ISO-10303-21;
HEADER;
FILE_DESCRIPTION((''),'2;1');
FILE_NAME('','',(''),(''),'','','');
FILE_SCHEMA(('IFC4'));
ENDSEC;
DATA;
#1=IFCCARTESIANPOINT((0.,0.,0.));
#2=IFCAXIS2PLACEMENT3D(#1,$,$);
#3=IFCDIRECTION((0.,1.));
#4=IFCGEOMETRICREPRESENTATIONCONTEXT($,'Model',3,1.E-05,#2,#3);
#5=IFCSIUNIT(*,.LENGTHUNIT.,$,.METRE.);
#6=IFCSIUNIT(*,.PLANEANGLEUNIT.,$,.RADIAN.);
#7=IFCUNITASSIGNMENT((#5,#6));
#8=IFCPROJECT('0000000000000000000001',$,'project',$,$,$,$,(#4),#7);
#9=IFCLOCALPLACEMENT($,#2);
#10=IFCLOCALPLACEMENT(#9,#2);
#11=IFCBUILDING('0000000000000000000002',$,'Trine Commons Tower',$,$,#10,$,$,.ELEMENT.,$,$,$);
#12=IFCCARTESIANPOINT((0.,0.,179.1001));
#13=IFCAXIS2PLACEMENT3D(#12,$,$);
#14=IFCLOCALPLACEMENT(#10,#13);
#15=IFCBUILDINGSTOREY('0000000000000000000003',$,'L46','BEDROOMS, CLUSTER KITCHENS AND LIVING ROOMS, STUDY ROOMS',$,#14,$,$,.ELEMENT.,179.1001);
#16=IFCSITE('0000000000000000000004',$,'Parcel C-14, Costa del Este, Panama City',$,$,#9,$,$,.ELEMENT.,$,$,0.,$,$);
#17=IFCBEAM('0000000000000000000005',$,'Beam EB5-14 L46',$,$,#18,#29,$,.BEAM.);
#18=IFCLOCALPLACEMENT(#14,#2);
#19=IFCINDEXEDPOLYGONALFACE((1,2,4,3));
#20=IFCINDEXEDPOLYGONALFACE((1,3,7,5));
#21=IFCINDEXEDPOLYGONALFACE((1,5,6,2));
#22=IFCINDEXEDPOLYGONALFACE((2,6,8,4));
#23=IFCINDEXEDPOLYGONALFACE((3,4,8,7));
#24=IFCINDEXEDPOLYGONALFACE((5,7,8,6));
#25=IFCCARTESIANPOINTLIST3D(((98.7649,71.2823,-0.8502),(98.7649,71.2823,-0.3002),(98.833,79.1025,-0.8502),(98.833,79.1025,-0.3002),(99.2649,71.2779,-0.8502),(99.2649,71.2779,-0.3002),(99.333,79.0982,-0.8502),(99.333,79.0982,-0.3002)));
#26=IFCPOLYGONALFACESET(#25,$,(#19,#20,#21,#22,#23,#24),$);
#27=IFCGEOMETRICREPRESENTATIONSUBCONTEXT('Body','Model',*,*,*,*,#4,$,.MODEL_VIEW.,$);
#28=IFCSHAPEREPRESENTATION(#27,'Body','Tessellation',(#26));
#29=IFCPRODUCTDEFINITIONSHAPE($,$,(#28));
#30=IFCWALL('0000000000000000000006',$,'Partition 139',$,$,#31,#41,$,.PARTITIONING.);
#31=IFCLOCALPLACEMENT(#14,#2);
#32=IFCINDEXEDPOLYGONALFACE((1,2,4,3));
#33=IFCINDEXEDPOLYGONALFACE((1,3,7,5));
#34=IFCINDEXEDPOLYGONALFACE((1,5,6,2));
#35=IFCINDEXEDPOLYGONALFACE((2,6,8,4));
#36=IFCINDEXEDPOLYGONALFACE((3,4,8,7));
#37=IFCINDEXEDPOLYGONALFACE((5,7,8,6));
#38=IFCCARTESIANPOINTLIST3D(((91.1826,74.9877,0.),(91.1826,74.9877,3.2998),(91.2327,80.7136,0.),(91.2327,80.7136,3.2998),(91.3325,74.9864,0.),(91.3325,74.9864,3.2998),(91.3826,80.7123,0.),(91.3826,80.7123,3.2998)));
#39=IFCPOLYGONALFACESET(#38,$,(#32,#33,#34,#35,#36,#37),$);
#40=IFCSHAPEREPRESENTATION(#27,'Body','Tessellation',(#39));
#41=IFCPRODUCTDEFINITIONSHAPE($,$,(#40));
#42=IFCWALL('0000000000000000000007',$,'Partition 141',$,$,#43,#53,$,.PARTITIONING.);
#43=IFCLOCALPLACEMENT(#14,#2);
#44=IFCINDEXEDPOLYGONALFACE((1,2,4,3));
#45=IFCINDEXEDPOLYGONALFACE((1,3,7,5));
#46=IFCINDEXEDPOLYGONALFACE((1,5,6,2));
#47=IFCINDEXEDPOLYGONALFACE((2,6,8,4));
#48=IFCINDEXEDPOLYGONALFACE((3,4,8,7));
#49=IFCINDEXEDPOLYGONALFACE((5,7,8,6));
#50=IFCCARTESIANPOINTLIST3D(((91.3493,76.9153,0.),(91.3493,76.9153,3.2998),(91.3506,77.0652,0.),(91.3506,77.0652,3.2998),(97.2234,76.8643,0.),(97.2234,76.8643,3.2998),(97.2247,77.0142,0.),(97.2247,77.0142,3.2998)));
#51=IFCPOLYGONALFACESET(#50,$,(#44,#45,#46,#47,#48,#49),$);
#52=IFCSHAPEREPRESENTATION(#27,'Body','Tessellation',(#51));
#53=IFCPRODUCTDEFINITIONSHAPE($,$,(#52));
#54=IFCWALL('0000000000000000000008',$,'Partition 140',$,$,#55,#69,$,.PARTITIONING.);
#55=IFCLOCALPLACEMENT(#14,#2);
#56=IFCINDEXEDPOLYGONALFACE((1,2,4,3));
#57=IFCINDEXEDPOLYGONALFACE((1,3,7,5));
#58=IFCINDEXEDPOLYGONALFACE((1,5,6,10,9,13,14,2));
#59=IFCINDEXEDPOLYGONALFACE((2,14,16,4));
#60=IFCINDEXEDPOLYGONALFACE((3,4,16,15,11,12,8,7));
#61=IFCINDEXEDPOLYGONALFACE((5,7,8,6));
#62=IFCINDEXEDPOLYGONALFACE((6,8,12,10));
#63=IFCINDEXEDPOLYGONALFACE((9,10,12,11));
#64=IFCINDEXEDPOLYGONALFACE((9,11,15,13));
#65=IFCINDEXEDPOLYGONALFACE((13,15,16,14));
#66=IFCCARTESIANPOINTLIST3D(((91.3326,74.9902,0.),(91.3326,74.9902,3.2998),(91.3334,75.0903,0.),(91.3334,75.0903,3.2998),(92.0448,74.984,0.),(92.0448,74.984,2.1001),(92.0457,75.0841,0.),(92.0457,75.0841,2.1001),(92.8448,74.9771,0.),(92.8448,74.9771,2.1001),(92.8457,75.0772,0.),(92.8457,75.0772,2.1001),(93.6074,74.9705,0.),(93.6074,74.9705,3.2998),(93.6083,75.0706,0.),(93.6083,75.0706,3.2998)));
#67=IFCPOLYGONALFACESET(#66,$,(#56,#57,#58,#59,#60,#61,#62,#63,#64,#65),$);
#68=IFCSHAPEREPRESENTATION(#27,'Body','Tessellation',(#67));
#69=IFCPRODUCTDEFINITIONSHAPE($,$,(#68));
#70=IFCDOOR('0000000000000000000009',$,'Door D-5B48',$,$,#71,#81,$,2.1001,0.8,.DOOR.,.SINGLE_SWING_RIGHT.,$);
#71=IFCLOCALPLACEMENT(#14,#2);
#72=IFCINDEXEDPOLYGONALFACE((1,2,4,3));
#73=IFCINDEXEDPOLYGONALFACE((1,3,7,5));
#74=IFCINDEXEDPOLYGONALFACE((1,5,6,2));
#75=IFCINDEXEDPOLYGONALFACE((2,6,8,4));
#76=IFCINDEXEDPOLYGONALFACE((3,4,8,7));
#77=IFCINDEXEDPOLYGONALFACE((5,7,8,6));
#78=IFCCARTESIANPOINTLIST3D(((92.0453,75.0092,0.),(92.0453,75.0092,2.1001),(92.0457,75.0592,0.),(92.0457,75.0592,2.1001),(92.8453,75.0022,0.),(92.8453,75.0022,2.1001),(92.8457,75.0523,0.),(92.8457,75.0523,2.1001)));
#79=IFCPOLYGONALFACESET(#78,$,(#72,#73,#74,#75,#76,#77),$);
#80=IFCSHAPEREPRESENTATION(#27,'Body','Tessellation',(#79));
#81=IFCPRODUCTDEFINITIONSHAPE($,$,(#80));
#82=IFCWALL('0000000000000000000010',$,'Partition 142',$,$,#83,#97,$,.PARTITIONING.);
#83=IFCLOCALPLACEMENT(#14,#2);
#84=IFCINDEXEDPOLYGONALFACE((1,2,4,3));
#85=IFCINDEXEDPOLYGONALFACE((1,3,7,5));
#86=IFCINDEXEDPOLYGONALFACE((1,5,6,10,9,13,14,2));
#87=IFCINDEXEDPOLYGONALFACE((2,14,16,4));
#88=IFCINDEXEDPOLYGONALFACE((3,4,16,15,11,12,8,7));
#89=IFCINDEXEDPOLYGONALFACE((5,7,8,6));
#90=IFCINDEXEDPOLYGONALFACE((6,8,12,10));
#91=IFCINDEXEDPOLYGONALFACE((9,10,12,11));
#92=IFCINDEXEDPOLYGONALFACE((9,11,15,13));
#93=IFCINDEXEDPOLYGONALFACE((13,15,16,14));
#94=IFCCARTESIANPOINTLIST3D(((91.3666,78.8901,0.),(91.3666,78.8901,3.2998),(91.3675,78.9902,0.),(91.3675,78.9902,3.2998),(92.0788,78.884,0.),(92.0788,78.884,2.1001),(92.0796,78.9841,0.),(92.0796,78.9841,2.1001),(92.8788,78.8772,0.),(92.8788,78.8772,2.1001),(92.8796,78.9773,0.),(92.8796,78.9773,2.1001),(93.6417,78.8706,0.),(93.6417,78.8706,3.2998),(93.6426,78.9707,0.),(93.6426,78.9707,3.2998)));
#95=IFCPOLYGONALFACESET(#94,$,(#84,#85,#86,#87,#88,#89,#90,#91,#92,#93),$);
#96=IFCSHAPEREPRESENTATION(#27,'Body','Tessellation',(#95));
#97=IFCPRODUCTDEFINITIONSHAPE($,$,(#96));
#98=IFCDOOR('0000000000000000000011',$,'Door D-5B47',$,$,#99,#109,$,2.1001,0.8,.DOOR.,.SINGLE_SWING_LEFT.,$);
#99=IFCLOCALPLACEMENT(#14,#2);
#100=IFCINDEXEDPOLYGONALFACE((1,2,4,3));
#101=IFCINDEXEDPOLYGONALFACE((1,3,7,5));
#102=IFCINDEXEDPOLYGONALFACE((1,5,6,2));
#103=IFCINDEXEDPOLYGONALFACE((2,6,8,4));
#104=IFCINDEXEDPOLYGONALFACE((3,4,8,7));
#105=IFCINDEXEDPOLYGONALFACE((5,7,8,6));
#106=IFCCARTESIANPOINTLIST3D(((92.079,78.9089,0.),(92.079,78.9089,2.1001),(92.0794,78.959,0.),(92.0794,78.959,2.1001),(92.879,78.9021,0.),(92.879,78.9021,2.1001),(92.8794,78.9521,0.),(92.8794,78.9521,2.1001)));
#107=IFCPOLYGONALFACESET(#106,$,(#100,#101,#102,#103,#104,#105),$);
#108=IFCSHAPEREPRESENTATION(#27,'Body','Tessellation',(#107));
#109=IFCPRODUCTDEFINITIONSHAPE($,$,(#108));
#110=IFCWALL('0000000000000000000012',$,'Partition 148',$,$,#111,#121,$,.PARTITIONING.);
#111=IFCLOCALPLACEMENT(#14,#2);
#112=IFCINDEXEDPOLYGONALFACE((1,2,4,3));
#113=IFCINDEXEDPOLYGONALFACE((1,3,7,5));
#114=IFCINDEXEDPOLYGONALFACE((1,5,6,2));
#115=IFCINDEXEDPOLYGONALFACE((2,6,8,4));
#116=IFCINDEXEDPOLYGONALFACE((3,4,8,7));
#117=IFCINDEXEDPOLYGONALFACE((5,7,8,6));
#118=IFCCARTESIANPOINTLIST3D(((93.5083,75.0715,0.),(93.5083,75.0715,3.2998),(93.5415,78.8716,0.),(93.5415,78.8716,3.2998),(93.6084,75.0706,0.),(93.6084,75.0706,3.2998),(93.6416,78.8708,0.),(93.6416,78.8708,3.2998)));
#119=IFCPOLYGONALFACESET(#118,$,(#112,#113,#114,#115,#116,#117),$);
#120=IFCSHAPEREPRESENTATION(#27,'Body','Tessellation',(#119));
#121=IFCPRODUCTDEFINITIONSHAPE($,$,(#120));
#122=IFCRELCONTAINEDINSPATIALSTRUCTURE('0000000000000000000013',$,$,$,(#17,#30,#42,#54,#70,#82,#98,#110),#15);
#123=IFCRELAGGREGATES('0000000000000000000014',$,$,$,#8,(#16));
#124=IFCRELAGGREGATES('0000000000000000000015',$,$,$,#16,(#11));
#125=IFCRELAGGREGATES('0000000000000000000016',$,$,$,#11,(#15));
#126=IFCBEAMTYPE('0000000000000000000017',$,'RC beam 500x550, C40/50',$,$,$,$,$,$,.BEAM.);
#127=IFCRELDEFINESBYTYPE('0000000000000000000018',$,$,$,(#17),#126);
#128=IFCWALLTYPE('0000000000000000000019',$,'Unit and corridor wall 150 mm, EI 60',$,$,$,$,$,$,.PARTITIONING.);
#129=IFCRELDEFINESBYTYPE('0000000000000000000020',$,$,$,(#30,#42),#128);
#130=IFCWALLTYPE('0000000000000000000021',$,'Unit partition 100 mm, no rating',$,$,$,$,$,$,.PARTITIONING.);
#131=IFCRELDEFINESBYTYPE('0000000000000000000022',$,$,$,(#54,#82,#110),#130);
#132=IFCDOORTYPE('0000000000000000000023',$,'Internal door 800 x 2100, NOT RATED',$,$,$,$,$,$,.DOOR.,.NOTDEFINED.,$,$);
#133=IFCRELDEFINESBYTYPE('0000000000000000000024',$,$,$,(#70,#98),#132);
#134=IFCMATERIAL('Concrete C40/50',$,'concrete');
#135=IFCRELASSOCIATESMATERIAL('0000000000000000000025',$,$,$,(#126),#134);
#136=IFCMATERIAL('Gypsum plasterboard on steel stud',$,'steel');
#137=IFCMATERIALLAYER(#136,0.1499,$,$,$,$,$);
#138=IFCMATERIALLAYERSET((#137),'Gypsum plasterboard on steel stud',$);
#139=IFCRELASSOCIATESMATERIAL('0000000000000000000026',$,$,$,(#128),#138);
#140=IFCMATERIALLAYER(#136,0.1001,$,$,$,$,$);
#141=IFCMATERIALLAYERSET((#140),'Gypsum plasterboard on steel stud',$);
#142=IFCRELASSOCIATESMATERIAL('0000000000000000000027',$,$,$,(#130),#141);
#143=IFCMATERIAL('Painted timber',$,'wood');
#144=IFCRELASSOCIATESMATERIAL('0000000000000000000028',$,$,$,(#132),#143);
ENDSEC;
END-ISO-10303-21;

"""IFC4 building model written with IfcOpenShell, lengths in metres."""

from ifc_helpers import new_model, si_unit, direction, frame, frame_2d, origin, origin_2d, place, context, subcontext, project, spatial, rectangle, extrude, material, layer, layer_set, material_profile, profile_set, type_object, element, fill, save


model = new_model("IFC4")

# Units and contexts
model_context = context("Model", 3, precision=1e-05, world=origin(), true_north=direction((0.0, 1.0)))
body_context = subcontext(model_context, "Body", "Model", "MODEL_VIEW")
ifc_project = project(units=[si_unit("LENGTHUNIT", "METRE"), si_unit("PLANEANGLEUNIT", "RADIAN")], contexts=[model_context])

# Site, building, storey
site_placement = place(None, origin())
site = spatial("IfcSite", under=ifc_project, at=site_placement, Name="Parcel C-14, Costa del Este, Panama City", CompositionType="ELEMENT", RefElevation=0.0)
building_placement = place(site_placement, origin())
building = spatial("IfcBuilding", under=site, at=building_placement, Name="Trine Commons Tower", CompositionType="ELEMENT")
storey_placement = place(building_placement, frame((0.0, 0.0, 179.1001)))
storey = spatial("IfcBuildingStorey", under=building, at=storey_placement, Name="L46", Description="BEDROOMS, CLUSTER KITCHENS AND LIVING ROOMS, STUDY ROOMS", CompositionType="ELEMENT", Elevation=179.1001)

# Beam
ifc_material_1 = material(Name="Concrete C40/50", Category="concrete")
ifc_material_profile = material_profile(ifc_material_1, rectangle(XDim=0.5, YDim=0.55, at=origin_2d()), Name="RC 500x550")
ifc_profile_set = profile_set([ifc_material_profile], Name="Concrete C40/50")
beam_type = type_object("IfcBeamType", Name="RC beam 500x550, C40/50", PredefinedType="BEAM", material=ifc_profile_set)
beam_placement = place(storey_placement, frame((99.083, 79.1003, -0.5752), z_axis=(-0.00871, -0.999962, 0.0), x_axis=(0.999962, -0.00871, 0.0)))
element("IfcBeam", 1, at=beam_placement, inside=storey, type_object=beam_type, Name="Beam EB5-14 L46", PredefinedType="BEAM", context=body_context, shape_type="SweptSolid", body=[
    extrude(rectangle(XDim=0.5, YDim=0.55, at=origin_2d()), origin(), (0.0, 0.0, 1.0), 7.8206),
])

# Walls
ifc_material_2 = material(Name="Gypsum plasterboard on steel stud", Category="steel")
ifc_layer_1 = layer(ifc_material_2, 0.1499)
ifc_layer_set_1 = layer_set([ifc_layer_1], Name="Gypsum plasterboard on steel stud")
wall_type_1 = type_object("IfcWallType", Name="Unit and corridor wall 150 mm, EI 60", PredefinedType="PARTITIONING", material=ifc_layer_set_1)
wall_1_placement = place(storey_placement, frame((91.2576, 74.9871, 0.0), z_axis=(0.0, 0.0, 1.0), x_axis=(0.008741, 0.999962, 0.0)))
element("IfcWall", 2, at=wall_1_placement, inside=storey, type_object=wall_type_1, Name="Partition 139", PredefinedType="PARTITIONING", context=body_context, shape_type="SweptSolid", body=[
    extrude(rectangle(XDim=5.7261, YDim=0.1499, at=frame_2d((2.863, 0.0))), origin(), (0.0, 0.0, 1.0), 3.2998),
])
wall_2_placement = place(storey_placement, frame((91.3501, 76.9902, 0.0), z_axis=(0.0, 0.0, 1.0), x_axis=(0.999962, -0.008686, 0.0)))
element("IfcWall", 3, at=wall_2_placement, inside=storey, type_object=wall_type_1, Name="Partition 141", PredefinedType="PARTITIONING", context=body_context, shape_type="SweptSolid", body=[
    extrude(rectangle(XDim=5.8743, YDim=0.1499, at=frame_2d((2.937, 0.0))), origin(), (0.0, 0.0, 1.0), 3.2998),
])

# Walls, openings, doors
ifc_layer_2 = layer(ifc_material_2, 0.1001)
ifc_layer_set_2 = layer_set([ifc_layer_2], Name="Gypsum plasterboard on steel stud")
wall_type_2 = type_object("IfcWallType", Name="Unit partition 100 mm, no rating", PredefinedType="PARTITIONING", material=ifc_layer_set_2)
wall_3_placement = place(storey_placement, frame((91.333, 75.0403, 0.0), z_axis=(0.0, 0.0, 1.0), x_axis=(0.999962, -0.008693, 0.0)))
wall_3 = element("IfcWall", 4, at=wall_3_placement, inside=storey, type_object=wall_type_2, Name="Partition 140", PredefinedType="PARTITIONING", context=body_context, shape_type="SweptSolid", body=[
    extrude(rectangle(XDim=2.2749, YDim=0.1001, at=frame_2d((1.1375, 0.0))), origin(), (0.0, 0.0, 1.0), 3.2998),
])
opening_1_placement = place(wall_3_placement, frame((0.7124, 0.0, 0.0)))
opening_1 = element("IfcOpeningElement", 5, at=opening_1_placement, cuts=wall_3, PredefinedType="OPENING", context=body_context, shape_type="SweptSolid", body=[
    extrude(rectangle(XDim=0.8, YDim=2.1001, at=frame_2d((0.3999, 1.05))), frame((0.0, 0.0601, 0.0), z_axis=(0.0, -1.0, 0.0), x_axis=(1.0, 0.0, 0.0)), (0.0, 0.0, 1.0), 0.1201),
])
ifc_material_3 = material(Name="Painted timber", Category="wood")
door_type = type_object("IfcDoorType", Name="Internal door 800 x 2100, NOT RATED", OperationType="NOTDEFINED", PredefinedType="DOOR", material=ifc_material_3)
door_1_placement = place(opening_1_placement, frame((0.8, 0.0, 0.0), z_axis=(0.0, 0.0, 1.0), x_axis=(-1.0, 0.0, 0.0)))
door_1 = element("IfcDoor", 6, at=door_1_placement, inside=storey, type_object=door_type, Name="Door D-5B48", OperationType="SINGLE_SWING_RIGHT", OverallHeight=2.1001, OverallWidth=0.8, PredefinedType="DOOR", context=body_context, shape_type="SweptSolid", body=[
    extrude(rectangle(XDim=0.8, YDim=2.1001, at=frame_2d((0.3999, 1.05))), frame((0.0, 0.0249, 0.0), z_axis=(0.0, -1.0, 0.0), x_axis=(1.0, 0.0, 0.0)), (0.0, 0.0, 1.0), 0.05),
])
fill(opening_1, door_1)
wall_4_placement = place(storey_placement, frame((91.3669, 78.9402, 0.0), z_axis=(0.0, 0.0, 1.0), x_axis=(0.999963, -0.008584, 0.0)))
wall_4 = element("IfcWall", 7, at=wall_4_placement, inside=storey, type_object=wall_type_2, Name="Partition 142", PredefinedType="PARTITIONING", context=body_context, shape_type="SweptSolid", body=[
    extrude(rectangle(XDim=2.2751, YDim=0.1001, at=frame_2d((1.1377, 0.0))), origin(), (0.0, 0.0, 1.0), 3.2998),
])
opening_2_placement = place(wall_4_placement, frame((0.7124, 0.0, 0.0)))
opening_2 = element("IfcOpeningElement", 8, at=opening_2_placement, cuts=wall_4, PredefinedType="OPENING", context=body_context, shape_type="SweptSolid", body=[
    extrude(rectangle(XDim=0.8, YDim=2.1001, at=frame_2d((0.3999, 1.05))), frame((0.0, 0.0601, 0.0), z_axis=(0.0, -1.0, 0.0), x_axis=(1.0, 0.0, 0.0)), (0.0, 0.0, 1.0), 0.1201),
])
door_2_placement = place(opening_2_placement, origin())
door_2 = element("IfcDoor", 9, at=door_2_placement, inside=storey, type_object=door_type, Name="Door D-5B47", OperationType="SINGLE_SWING_LEFT", OverallHeight=2.1001, OverallWidth=0.8, PredefinedType="DOOR", context=body_context, shape_type="SweptSolid", body=[
    extrude(rectangle(XDim=0.8, YDim=2.1001, at=frame_2d((0.3999, 1.05))), frame((0.0, 0.0249, 0.0), z_axis=(0.0, -1.0, 0.0), x_axis=(1.0, 0.0, 0.0)), (0.0, 0.0, 1.0), 0.05),
])
fill(opening_2, door_2)

# Wall
wall_5_placement = place(storey_placement, frame((93.5583, 75.071, 0.0), z_axis=(0.0, 0.0, 1.0), x_axis=(0.008737, 0.999962, 0.0)))
element("IfcWall", 10, at=wall_5_placement, inside=storey, type_object=wall_type_2, Name="Partition 148", PredefinedType="PARTITIONING", context=body_context, shape_type="SweptSolid", body=[
    extrude(rectangle(XDim=3.8003, YDim=0.1001, at=frame_2d((1.9001, 0.0))), origin(), (0.0, 0.0, 1.0), 3.2998),
])

save(model, "model.ifc")
